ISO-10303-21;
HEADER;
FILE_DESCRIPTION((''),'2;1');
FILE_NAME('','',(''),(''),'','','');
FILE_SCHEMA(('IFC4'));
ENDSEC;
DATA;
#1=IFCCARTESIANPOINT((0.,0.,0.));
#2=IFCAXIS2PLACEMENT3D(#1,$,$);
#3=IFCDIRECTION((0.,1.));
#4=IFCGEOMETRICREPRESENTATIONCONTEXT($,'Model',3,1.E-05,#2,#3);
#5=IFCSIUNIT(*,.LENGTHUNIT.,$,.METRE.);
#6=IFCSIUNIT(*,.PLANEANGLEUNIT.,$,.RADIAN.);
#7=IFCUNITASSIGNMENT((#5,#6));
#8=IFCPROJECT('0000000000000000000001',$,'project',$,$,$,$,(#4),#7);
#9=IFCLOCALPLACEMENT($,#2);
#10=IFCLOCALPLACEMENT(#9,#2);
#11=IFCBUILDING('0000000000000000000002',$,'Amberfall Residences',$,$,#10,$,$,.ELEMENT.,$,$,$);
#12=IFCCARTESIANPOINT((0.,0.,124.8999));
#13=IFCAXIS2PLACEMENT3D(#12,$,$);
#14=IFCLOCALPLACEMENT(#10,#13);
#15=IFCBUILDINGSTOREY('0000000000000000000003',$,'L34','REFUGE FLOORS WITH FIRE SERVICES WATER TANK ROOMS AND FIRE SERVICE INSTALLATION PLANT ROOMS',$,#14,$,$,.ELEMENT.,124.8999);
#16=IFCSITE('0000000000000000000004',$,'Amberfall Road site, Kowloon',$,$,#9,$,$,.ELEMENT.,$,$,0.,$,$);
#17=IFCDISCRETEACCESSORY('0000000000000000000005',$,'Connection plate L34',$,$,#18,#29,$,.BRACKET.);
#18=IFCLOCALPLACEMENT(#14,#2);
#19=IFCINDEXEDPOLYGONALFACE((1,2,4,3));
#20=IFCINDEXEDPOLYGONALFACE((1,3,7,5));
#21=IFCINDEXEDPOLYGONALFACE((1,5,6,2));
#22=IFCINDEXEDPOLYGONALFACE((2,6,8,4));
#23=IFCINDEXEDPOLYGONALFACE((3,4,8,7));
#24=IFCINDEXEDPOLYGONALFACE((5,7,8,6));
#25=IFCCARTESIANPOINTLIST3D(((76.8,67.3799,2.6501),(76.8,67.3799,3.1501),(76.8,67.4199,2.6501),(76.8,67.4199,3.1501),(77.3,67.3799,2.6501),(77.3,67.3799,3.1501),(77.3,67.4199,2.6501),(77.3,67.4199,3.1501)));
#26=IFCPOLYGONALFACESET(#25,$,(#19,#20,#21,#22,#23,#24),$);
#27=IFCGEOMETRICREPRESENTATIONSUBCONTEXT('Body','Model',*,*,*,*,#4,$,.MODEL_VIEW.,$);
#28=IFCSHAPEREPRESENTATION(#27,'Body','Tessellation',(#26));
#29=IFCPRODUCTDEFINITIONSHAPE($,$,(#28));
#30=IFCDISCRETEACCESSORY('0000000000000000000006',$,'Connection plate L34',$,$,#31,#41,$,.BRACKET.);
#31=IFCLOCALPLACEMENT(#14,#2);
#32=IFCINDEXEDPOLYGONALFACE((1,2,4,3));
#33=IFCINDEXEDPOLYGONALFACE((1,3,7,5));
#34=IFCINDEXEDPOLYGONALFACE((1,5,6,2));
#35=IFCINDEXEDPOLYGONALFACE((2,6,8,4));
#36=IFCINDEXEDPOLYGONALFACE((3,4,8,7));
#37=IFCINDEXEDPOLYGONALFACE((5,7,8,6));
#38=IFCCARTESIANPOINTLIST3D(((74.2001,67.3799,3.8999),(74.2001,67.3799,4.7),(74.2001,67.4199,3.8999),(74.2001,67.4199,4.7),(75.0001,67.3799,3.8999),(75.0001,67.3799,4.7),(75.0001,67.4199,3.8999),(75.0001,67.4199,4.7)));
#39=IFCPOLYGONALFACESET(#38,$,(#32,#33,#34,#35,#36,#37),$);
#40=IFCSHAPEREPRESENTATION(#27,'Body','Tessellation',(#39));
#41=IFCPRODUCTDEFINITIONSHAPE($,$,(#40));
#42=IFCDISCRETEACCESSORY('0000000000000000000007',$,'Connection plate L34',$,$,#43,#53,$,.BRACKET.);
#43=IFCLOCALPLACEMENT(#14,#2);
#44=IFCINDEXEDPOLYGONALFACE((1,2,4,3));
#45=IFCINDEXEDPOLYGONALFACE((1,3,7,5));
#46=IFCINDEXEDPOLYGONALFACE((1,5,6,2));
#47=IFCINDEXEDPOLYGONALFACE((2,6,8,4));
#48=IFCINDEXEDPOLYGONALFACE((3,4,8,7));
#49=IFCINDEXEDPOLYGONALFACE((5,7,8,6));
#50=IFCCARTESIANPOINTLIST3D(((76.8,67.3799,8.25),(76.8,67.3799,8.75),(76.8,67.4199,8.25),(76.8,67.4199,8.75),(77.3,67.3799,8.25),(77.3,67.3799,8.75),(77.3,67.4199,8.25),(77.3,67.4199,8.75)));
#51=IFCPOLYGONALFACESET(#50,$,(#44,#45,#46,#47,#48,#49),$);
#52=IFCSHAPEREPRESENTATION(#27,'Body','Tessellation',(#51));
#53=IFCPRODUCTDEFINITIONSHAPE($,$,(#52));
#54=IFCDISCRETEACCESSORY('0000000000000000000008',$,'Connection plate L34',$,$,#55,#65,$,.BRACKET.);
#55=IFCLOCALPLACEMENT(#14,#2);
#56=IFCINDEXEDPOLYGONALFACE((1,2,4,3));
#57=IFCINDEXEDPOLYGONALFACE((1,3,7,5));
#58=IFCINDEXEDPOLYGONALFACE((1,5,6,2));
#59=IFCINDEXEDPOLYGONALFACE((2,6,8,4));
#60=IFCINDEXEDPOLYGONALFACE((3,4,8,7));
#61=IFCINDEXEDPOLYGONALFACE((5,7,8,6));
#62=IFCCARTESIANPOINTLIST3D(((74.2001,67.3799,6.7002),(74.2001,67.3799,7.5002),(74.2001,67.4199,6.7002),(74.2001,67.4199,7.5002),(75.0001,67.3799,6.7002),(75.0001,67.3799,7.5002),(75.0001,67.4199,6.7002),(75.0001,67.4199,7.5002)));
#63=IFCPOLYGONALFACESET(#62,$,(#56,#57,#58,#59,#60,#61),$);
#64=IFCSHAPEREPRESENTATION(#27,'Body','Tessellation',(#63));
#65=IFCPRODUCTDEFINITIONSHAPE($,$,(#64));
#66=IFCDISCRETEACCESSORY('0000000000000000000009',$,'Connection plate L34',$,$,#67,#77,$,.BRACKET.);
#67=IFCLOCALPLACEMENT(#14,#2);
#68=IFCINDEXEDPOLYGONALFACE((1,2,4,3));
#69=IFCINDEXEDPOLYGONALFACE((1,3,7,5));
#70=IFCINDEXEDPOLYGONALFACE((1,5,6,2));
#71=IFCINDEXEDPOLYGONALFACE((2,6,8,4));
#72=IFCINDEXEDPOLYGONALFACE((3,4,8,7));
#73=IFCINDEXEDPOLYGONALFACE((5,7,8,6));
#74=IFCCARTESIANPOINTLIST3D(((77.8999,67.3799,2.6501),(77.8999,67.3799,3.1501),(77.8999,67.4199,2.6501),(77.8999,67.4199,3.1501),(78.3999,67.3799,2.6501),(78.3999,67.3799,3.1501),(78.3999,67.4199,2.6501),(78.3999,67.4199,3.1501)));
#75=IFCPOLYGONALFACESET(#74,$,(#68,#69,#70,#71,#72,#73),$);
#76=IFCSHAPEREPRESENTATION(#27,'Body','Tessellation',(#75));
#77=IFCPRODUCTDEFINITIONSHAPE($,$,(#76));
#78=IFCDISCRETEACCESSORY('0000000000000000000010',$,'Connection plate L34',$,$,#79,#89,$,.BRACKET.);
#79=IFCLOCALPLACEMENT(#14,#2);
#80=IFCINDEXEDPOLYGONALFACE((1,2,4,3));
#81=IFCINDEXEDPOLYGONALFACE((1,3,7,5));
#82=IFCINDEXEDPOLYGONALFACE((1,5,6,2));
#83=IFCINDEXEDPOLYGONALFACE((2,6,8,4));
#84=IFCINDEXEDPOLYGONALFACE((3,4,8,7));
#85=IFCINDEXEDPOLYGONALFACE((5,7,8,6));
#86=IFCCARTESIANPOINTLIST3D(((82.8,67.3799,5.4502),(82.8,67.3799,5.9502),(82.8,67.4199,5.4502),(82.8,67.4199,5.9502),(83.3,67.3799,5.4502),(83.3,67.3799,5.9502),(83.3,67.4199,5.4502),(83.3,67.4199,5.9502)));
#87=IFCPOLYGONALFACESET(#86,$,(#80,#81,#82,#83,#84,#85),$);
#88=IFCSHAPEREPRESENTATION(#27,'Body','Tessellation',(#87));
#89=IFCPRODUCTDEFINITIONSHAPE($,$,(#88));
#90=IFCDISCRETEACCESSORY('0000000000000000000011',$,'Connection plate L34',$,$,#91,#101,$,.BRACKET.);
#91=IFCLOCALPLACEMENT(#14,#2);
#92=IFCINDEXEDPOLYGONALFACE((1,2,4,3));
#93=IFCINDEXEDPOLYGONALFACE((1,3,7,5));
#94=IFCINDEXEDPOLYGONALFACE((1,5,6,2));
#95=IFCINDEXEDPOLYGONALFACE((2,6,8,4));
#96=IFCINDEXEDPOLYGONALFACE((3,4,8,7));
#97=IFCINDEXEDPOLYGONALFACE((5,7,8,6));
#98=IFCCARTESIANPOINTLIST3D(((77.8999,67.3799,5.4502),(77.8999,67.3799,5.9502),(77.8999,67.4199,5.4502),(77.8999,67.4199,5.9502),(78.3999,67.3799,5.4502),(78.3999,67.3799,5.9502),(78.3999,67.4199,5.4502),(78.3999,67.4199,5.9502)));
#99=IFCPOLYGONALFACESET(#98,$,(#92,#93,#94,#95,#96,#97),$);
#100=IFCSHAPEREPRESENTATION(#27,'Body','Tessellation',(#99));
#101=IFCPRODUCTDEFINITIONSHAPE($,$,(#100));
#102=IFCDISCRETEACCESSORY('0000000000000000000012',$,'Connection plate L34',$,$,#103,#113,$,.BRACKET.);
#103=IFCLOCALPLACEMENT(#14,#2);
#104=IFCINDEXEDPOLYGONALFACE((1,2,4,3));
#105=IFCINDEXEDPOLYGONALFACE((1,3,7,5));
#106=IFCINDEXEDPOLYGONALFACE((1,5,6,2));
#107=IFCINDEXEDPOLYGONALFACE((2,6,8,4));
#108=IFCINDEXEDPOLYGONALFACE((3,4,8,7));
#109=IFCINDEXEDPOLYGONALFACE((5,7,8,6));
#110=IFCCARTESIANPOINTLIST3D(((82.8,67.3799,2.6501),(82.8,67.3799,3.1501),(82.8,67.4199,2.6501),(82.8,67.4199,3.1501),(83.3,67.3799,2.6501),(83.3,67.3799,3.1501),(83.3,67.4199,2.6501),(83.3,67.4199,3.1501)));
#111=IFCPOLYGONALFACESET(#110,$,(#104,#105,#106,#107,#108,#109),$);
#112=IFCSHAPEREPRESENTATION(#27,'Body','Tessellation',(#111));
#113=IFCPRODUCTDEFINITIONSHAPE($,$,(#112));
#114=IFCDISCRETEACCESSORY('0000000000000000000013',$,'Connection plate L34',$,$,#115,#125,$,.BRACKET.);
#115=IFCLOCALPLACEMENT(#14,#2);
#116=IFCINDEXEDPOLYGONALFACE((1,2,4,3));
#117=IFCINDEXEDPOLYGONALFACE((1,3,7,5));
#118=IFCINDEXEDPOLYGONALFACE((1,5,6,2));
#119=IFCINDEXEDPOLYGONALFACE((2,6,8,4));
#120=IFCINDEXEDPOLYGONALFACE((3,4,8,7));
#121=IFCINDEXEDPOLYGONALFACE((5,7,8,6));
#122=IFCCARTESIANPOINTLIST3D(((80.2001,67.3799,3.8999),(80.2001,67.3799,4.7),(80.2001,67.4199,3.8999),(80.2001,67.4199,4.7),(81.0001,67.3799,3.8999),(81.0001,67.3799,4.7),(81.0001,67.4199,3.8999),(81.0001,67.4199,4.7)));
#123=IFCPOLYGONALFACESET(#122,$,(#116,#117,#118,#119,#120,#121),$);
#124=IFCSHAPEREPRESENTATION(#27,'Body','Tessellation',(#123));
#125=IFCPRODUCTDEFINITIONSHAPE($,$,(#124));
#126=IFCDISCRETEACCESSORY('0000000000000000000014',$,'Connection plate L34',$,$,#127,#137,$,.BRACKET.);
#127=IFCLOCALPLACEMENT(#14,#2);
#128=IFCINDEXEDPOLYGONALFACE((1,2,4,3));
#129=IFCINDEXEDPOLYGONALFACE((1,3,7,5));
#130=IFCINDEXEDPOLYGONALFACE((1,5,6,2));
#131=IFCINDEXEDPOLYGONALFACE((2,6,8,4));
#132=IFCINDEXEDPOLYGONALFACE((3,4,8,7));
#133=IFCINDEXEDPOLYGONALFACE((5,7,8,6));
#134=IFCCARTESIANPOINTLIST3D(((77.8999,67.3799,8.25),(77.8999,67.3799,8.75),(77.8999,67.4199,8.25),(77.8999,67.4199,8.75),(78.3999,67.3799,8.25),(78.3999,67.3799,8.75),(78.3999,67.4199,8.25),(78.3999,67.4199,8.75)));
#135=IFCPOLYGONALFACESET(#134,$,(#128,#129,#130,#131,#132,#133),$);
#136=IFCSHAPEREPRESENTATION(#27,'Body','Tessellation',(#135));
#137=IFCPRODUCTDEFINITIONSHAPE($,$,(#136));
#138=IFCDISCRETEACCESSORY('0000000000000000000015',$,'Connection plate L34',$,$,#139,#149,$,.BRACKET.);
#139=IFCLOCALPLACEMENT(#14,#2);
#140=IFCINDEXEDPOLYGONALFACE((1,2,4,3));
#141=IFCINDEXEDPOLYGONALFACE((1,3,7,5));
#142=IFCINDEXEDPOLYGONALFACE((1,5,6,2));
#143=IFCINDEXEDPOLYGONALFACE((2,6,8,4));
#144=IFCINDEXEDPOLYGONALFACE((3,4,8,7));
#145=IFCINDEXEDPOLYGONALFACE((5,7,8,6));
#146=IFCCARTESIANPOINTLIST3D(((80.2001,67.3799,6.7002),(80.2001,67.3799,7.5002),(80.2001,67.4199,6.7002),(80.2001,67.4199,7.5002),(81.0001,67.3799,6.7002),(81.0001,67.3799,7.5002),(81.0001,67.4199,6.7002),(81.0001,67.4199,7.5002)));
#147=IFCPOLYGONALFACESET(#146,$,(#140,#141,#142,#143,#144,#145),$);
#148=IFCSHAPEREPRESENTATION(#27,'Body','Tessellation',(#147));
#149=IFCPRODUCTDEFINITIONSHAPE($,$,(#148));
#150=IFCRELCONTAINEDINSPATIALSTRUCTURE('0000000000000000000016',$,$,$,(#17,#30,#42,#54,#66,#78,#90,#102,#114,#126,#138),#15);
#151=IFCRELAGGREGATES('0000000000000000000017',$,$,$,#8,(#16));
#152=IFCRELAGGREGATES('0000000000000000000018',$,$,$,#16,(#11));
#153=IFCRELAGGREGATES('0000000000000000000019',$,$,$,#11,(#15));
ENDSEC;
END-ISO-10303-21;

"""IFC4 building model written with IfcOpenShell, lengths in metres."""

from ifc_helpers import new_model, si_unit, direction, frame, origin, origin_2d, place, context, subcontext, project, spatial, rectangle, extrude, element, save


model = new_model("IFC4")

# Units and contexts
model_context = context("Model", 3, precision=1e-05, world=origin(), true_north=direction((0.0, 1.0)))
body_context = subcontext(model_context, "Body", "Model", "MODEL_VIEW")
ifc_project = project(units=[si_unit("LENGTHUNIT", "METRE"), si_unit("PLANEANGLEUNIT", "RADIAN")], contexts=[model_context])

# Site, building, storey
site_placement = place(None, origin())
site = spatial("IfcSite", under=ifc_project, at=site_placement, Name="Amberfall Road site, Kowloon", CompositionType="ELEMENT", RefElevation=0.0)
building_placement = place(site_placement, origin())
building = spatial("IfcBuilding", under=site, at=building_placement, Name="Amberfall Residences", CompositionType="ELEMENT")
storey_placement = place(building_placement, frame((0.0, 0.0, 124.8999)))
storey = spatial("IfcBuildingStorey", under=building, at=storey_placement, Name="L34", Description="REFUGE FLOORS WITH FIRE SERVICES WATER TANK ROOMS AND FIRE SERVICE INSTALLATION PLANT ROOMS", CompositionType="ELEMENT", Elevation=124.8999)

# Discrete accessories
for number, where, z_axis, x_axis, name in (
    (1, (77.05, 67.3999, 2.6501), (0.0, 0.0, 1.0), (1.0, 0.0, 0.0), "Connection plate L34"),
):
    element("IfcDiscreteAccessory", number, at=place(storey_placement, frame(where, z_axis=z_axis, x_axis=x_axis)), inside=storey, Name=name, PredefinedType="BRACKET", context=body_context, shape_type="SweptSolid", body=[
        extrude(rectangle(XDim=0.5, YDim=0.04, at=origin_2d()), origin(), (0.0, 0.0, 1.0), 0.5),
    ])
discrete_accessory_1_placement = place(storey_placement, frame((74.6001, 67.3999, 3.8999), z_axis=(0.0, 0.0, 1.0), x_axis=(1.0, 0.0, 0.0)))
element("IfcDiscreteAccessory", 2, at=discrete_accessory_1_placement, inside=storey, Name="Connection plate L34", PredefinedType="BRACKET", context=body_context, shape_type="SweptSolid", body=[
    extrude(rectangle(XDim=0.8, YDim=0.04, at=origin_2d()), origin(), (0.0, 0.0, 1.0), 0.8),
])
discrete_accessory_2_placement = place(storey_placement, frame((77.05, 67.3999, 8.25), z_axis=(0.0, 0.0, 1.0), x_axis=(1.0, 0.0, 0.0)))
element("IfcDiscreteAccessory", 3, at=discrete_accessory_2_placement, inside=storey, Name="Connection plate L34", PredefinedType="BRACKET", context=body_context, shape_type="SweptSolid", body=[
    extrude(rectangle(XDim=0.5, YDim=0.04, at=origin_2d()), origin(), (0.0, 0.0, 1.0), 0.5),
])
discrete_accessory_3_placement = place(storey_placement, frame((74.6001, 67.3999, 6.7002), z_axis=(0.0, 0.0, 1.0), x_axis=(1.0, 0.0, 0.0)))
element("IfcDiscreteAccessory", 4, at=discrete_accessory_3_placement, inside=storey, Name="Connection plate L34", PredefinedType="BRACKET", context=body_context, shape_type="SweptSolid", body=[
    extrude(rectangle(XDim=0.8, YDim=0.04, at=origin_2d()), origin(), (0.0, 0.0, 1.0), 0.8),
])
for number, where, z_axis, x_axis, name in (
    (5, (78.1499, 67.3999, 2.6501), (0.0, 0.0, 1.0), (1.0, 0.0, 0.0), "Connection plate L34"),
    (6, (83.05, 67.3999, 5.4502), (0.0, 0.0, 1.0), (1.0, 0.0, 0.0), "Connection plate L34"),
    (7, (78.1499, 67.3999, 5.4502), (0.0, 0.0, 1.0), (1.0, 0.0, 0.0), "Connection plate L34"),
    (8, (83.05, 67.3999, 2.6501), (0.0, 0.0, 1.0), (1.0, 0.0, 0.0), "Connection plate L34"),
):
    element("IfcDiscreteAccessory", number, at=place(storey_placement, frame(where, z_axis=z_axis, x_axis=x_axis)), inside=storey, Name=name, PredefinedType="BRACKET", context=body_context, shape_type="SweptSolid", body=[
        extrude(rectangle(XDim=0.5, YDim=0.04, at=origin_2d()), origin(), (0.0, 0.0, 1.0), 0.5),
    ])
discrete_accessory_4_placement = place(storey_placement, frame((80.6001, 67.3999, 3.8999), z_axis=(0.0, 0.0, 1.0), x_axis=(1.0, 0.0, 0.0)))
element("IfcDiscreteAccessory", 9, at=discrete_accessory_4_placement, inside=storey, Name="Connection plate L34", PredefinedType="BRACKET", context=body_context, shape_type="SweptSolid", body=[
    extrude(rectangle(XDim=0.8, YDim=0.04, at=origin_2d()), origin(), (0.0, 0.0, 1.0), 0.8),
])
discrete_accessory_5_placement = place(storey_placement, frame((78.1499, 67.3999, 8.25), z_axis=(0.0, 0.0, 1.0), x_axis=(1.0, 0.0, 0.0)))
element("IfcDiscreteAccessory", 10, at=discrete_accessory_5_placement, inside=storey, Name="Connection plate L34", PredefinedType="BRACKET", context=body_context, shape_type="SweptSolid", body=[
    extrude(rectangle(XDim=0.5, YDim=0.04, at=origin_2d()), origin(), (0.0, 0.0, 1.0), 0.5),
])
discrete_accessory_6_placement = place(storey_placement, frame((80.6001, 67.3999, 6.7002), z_axis=(0.0, 0.0, 1.0), x_axis=(1.0, 0.0, 0.0)))
element("IfcDiscreteAccessory", 11, at=discrete_accessory_6_placement, inside=storey, Name="Connection plate L34", PredefinedType="BRACKET", context=body_context, shape_type="SweptSolid", body=[
    extrude(rectangle(XDim=0.8, YDim=0.04, at=origin_2d()), origin(), (0.0, 0.0, 1.0), 0.8),
])

save(model, "model.ifc")
